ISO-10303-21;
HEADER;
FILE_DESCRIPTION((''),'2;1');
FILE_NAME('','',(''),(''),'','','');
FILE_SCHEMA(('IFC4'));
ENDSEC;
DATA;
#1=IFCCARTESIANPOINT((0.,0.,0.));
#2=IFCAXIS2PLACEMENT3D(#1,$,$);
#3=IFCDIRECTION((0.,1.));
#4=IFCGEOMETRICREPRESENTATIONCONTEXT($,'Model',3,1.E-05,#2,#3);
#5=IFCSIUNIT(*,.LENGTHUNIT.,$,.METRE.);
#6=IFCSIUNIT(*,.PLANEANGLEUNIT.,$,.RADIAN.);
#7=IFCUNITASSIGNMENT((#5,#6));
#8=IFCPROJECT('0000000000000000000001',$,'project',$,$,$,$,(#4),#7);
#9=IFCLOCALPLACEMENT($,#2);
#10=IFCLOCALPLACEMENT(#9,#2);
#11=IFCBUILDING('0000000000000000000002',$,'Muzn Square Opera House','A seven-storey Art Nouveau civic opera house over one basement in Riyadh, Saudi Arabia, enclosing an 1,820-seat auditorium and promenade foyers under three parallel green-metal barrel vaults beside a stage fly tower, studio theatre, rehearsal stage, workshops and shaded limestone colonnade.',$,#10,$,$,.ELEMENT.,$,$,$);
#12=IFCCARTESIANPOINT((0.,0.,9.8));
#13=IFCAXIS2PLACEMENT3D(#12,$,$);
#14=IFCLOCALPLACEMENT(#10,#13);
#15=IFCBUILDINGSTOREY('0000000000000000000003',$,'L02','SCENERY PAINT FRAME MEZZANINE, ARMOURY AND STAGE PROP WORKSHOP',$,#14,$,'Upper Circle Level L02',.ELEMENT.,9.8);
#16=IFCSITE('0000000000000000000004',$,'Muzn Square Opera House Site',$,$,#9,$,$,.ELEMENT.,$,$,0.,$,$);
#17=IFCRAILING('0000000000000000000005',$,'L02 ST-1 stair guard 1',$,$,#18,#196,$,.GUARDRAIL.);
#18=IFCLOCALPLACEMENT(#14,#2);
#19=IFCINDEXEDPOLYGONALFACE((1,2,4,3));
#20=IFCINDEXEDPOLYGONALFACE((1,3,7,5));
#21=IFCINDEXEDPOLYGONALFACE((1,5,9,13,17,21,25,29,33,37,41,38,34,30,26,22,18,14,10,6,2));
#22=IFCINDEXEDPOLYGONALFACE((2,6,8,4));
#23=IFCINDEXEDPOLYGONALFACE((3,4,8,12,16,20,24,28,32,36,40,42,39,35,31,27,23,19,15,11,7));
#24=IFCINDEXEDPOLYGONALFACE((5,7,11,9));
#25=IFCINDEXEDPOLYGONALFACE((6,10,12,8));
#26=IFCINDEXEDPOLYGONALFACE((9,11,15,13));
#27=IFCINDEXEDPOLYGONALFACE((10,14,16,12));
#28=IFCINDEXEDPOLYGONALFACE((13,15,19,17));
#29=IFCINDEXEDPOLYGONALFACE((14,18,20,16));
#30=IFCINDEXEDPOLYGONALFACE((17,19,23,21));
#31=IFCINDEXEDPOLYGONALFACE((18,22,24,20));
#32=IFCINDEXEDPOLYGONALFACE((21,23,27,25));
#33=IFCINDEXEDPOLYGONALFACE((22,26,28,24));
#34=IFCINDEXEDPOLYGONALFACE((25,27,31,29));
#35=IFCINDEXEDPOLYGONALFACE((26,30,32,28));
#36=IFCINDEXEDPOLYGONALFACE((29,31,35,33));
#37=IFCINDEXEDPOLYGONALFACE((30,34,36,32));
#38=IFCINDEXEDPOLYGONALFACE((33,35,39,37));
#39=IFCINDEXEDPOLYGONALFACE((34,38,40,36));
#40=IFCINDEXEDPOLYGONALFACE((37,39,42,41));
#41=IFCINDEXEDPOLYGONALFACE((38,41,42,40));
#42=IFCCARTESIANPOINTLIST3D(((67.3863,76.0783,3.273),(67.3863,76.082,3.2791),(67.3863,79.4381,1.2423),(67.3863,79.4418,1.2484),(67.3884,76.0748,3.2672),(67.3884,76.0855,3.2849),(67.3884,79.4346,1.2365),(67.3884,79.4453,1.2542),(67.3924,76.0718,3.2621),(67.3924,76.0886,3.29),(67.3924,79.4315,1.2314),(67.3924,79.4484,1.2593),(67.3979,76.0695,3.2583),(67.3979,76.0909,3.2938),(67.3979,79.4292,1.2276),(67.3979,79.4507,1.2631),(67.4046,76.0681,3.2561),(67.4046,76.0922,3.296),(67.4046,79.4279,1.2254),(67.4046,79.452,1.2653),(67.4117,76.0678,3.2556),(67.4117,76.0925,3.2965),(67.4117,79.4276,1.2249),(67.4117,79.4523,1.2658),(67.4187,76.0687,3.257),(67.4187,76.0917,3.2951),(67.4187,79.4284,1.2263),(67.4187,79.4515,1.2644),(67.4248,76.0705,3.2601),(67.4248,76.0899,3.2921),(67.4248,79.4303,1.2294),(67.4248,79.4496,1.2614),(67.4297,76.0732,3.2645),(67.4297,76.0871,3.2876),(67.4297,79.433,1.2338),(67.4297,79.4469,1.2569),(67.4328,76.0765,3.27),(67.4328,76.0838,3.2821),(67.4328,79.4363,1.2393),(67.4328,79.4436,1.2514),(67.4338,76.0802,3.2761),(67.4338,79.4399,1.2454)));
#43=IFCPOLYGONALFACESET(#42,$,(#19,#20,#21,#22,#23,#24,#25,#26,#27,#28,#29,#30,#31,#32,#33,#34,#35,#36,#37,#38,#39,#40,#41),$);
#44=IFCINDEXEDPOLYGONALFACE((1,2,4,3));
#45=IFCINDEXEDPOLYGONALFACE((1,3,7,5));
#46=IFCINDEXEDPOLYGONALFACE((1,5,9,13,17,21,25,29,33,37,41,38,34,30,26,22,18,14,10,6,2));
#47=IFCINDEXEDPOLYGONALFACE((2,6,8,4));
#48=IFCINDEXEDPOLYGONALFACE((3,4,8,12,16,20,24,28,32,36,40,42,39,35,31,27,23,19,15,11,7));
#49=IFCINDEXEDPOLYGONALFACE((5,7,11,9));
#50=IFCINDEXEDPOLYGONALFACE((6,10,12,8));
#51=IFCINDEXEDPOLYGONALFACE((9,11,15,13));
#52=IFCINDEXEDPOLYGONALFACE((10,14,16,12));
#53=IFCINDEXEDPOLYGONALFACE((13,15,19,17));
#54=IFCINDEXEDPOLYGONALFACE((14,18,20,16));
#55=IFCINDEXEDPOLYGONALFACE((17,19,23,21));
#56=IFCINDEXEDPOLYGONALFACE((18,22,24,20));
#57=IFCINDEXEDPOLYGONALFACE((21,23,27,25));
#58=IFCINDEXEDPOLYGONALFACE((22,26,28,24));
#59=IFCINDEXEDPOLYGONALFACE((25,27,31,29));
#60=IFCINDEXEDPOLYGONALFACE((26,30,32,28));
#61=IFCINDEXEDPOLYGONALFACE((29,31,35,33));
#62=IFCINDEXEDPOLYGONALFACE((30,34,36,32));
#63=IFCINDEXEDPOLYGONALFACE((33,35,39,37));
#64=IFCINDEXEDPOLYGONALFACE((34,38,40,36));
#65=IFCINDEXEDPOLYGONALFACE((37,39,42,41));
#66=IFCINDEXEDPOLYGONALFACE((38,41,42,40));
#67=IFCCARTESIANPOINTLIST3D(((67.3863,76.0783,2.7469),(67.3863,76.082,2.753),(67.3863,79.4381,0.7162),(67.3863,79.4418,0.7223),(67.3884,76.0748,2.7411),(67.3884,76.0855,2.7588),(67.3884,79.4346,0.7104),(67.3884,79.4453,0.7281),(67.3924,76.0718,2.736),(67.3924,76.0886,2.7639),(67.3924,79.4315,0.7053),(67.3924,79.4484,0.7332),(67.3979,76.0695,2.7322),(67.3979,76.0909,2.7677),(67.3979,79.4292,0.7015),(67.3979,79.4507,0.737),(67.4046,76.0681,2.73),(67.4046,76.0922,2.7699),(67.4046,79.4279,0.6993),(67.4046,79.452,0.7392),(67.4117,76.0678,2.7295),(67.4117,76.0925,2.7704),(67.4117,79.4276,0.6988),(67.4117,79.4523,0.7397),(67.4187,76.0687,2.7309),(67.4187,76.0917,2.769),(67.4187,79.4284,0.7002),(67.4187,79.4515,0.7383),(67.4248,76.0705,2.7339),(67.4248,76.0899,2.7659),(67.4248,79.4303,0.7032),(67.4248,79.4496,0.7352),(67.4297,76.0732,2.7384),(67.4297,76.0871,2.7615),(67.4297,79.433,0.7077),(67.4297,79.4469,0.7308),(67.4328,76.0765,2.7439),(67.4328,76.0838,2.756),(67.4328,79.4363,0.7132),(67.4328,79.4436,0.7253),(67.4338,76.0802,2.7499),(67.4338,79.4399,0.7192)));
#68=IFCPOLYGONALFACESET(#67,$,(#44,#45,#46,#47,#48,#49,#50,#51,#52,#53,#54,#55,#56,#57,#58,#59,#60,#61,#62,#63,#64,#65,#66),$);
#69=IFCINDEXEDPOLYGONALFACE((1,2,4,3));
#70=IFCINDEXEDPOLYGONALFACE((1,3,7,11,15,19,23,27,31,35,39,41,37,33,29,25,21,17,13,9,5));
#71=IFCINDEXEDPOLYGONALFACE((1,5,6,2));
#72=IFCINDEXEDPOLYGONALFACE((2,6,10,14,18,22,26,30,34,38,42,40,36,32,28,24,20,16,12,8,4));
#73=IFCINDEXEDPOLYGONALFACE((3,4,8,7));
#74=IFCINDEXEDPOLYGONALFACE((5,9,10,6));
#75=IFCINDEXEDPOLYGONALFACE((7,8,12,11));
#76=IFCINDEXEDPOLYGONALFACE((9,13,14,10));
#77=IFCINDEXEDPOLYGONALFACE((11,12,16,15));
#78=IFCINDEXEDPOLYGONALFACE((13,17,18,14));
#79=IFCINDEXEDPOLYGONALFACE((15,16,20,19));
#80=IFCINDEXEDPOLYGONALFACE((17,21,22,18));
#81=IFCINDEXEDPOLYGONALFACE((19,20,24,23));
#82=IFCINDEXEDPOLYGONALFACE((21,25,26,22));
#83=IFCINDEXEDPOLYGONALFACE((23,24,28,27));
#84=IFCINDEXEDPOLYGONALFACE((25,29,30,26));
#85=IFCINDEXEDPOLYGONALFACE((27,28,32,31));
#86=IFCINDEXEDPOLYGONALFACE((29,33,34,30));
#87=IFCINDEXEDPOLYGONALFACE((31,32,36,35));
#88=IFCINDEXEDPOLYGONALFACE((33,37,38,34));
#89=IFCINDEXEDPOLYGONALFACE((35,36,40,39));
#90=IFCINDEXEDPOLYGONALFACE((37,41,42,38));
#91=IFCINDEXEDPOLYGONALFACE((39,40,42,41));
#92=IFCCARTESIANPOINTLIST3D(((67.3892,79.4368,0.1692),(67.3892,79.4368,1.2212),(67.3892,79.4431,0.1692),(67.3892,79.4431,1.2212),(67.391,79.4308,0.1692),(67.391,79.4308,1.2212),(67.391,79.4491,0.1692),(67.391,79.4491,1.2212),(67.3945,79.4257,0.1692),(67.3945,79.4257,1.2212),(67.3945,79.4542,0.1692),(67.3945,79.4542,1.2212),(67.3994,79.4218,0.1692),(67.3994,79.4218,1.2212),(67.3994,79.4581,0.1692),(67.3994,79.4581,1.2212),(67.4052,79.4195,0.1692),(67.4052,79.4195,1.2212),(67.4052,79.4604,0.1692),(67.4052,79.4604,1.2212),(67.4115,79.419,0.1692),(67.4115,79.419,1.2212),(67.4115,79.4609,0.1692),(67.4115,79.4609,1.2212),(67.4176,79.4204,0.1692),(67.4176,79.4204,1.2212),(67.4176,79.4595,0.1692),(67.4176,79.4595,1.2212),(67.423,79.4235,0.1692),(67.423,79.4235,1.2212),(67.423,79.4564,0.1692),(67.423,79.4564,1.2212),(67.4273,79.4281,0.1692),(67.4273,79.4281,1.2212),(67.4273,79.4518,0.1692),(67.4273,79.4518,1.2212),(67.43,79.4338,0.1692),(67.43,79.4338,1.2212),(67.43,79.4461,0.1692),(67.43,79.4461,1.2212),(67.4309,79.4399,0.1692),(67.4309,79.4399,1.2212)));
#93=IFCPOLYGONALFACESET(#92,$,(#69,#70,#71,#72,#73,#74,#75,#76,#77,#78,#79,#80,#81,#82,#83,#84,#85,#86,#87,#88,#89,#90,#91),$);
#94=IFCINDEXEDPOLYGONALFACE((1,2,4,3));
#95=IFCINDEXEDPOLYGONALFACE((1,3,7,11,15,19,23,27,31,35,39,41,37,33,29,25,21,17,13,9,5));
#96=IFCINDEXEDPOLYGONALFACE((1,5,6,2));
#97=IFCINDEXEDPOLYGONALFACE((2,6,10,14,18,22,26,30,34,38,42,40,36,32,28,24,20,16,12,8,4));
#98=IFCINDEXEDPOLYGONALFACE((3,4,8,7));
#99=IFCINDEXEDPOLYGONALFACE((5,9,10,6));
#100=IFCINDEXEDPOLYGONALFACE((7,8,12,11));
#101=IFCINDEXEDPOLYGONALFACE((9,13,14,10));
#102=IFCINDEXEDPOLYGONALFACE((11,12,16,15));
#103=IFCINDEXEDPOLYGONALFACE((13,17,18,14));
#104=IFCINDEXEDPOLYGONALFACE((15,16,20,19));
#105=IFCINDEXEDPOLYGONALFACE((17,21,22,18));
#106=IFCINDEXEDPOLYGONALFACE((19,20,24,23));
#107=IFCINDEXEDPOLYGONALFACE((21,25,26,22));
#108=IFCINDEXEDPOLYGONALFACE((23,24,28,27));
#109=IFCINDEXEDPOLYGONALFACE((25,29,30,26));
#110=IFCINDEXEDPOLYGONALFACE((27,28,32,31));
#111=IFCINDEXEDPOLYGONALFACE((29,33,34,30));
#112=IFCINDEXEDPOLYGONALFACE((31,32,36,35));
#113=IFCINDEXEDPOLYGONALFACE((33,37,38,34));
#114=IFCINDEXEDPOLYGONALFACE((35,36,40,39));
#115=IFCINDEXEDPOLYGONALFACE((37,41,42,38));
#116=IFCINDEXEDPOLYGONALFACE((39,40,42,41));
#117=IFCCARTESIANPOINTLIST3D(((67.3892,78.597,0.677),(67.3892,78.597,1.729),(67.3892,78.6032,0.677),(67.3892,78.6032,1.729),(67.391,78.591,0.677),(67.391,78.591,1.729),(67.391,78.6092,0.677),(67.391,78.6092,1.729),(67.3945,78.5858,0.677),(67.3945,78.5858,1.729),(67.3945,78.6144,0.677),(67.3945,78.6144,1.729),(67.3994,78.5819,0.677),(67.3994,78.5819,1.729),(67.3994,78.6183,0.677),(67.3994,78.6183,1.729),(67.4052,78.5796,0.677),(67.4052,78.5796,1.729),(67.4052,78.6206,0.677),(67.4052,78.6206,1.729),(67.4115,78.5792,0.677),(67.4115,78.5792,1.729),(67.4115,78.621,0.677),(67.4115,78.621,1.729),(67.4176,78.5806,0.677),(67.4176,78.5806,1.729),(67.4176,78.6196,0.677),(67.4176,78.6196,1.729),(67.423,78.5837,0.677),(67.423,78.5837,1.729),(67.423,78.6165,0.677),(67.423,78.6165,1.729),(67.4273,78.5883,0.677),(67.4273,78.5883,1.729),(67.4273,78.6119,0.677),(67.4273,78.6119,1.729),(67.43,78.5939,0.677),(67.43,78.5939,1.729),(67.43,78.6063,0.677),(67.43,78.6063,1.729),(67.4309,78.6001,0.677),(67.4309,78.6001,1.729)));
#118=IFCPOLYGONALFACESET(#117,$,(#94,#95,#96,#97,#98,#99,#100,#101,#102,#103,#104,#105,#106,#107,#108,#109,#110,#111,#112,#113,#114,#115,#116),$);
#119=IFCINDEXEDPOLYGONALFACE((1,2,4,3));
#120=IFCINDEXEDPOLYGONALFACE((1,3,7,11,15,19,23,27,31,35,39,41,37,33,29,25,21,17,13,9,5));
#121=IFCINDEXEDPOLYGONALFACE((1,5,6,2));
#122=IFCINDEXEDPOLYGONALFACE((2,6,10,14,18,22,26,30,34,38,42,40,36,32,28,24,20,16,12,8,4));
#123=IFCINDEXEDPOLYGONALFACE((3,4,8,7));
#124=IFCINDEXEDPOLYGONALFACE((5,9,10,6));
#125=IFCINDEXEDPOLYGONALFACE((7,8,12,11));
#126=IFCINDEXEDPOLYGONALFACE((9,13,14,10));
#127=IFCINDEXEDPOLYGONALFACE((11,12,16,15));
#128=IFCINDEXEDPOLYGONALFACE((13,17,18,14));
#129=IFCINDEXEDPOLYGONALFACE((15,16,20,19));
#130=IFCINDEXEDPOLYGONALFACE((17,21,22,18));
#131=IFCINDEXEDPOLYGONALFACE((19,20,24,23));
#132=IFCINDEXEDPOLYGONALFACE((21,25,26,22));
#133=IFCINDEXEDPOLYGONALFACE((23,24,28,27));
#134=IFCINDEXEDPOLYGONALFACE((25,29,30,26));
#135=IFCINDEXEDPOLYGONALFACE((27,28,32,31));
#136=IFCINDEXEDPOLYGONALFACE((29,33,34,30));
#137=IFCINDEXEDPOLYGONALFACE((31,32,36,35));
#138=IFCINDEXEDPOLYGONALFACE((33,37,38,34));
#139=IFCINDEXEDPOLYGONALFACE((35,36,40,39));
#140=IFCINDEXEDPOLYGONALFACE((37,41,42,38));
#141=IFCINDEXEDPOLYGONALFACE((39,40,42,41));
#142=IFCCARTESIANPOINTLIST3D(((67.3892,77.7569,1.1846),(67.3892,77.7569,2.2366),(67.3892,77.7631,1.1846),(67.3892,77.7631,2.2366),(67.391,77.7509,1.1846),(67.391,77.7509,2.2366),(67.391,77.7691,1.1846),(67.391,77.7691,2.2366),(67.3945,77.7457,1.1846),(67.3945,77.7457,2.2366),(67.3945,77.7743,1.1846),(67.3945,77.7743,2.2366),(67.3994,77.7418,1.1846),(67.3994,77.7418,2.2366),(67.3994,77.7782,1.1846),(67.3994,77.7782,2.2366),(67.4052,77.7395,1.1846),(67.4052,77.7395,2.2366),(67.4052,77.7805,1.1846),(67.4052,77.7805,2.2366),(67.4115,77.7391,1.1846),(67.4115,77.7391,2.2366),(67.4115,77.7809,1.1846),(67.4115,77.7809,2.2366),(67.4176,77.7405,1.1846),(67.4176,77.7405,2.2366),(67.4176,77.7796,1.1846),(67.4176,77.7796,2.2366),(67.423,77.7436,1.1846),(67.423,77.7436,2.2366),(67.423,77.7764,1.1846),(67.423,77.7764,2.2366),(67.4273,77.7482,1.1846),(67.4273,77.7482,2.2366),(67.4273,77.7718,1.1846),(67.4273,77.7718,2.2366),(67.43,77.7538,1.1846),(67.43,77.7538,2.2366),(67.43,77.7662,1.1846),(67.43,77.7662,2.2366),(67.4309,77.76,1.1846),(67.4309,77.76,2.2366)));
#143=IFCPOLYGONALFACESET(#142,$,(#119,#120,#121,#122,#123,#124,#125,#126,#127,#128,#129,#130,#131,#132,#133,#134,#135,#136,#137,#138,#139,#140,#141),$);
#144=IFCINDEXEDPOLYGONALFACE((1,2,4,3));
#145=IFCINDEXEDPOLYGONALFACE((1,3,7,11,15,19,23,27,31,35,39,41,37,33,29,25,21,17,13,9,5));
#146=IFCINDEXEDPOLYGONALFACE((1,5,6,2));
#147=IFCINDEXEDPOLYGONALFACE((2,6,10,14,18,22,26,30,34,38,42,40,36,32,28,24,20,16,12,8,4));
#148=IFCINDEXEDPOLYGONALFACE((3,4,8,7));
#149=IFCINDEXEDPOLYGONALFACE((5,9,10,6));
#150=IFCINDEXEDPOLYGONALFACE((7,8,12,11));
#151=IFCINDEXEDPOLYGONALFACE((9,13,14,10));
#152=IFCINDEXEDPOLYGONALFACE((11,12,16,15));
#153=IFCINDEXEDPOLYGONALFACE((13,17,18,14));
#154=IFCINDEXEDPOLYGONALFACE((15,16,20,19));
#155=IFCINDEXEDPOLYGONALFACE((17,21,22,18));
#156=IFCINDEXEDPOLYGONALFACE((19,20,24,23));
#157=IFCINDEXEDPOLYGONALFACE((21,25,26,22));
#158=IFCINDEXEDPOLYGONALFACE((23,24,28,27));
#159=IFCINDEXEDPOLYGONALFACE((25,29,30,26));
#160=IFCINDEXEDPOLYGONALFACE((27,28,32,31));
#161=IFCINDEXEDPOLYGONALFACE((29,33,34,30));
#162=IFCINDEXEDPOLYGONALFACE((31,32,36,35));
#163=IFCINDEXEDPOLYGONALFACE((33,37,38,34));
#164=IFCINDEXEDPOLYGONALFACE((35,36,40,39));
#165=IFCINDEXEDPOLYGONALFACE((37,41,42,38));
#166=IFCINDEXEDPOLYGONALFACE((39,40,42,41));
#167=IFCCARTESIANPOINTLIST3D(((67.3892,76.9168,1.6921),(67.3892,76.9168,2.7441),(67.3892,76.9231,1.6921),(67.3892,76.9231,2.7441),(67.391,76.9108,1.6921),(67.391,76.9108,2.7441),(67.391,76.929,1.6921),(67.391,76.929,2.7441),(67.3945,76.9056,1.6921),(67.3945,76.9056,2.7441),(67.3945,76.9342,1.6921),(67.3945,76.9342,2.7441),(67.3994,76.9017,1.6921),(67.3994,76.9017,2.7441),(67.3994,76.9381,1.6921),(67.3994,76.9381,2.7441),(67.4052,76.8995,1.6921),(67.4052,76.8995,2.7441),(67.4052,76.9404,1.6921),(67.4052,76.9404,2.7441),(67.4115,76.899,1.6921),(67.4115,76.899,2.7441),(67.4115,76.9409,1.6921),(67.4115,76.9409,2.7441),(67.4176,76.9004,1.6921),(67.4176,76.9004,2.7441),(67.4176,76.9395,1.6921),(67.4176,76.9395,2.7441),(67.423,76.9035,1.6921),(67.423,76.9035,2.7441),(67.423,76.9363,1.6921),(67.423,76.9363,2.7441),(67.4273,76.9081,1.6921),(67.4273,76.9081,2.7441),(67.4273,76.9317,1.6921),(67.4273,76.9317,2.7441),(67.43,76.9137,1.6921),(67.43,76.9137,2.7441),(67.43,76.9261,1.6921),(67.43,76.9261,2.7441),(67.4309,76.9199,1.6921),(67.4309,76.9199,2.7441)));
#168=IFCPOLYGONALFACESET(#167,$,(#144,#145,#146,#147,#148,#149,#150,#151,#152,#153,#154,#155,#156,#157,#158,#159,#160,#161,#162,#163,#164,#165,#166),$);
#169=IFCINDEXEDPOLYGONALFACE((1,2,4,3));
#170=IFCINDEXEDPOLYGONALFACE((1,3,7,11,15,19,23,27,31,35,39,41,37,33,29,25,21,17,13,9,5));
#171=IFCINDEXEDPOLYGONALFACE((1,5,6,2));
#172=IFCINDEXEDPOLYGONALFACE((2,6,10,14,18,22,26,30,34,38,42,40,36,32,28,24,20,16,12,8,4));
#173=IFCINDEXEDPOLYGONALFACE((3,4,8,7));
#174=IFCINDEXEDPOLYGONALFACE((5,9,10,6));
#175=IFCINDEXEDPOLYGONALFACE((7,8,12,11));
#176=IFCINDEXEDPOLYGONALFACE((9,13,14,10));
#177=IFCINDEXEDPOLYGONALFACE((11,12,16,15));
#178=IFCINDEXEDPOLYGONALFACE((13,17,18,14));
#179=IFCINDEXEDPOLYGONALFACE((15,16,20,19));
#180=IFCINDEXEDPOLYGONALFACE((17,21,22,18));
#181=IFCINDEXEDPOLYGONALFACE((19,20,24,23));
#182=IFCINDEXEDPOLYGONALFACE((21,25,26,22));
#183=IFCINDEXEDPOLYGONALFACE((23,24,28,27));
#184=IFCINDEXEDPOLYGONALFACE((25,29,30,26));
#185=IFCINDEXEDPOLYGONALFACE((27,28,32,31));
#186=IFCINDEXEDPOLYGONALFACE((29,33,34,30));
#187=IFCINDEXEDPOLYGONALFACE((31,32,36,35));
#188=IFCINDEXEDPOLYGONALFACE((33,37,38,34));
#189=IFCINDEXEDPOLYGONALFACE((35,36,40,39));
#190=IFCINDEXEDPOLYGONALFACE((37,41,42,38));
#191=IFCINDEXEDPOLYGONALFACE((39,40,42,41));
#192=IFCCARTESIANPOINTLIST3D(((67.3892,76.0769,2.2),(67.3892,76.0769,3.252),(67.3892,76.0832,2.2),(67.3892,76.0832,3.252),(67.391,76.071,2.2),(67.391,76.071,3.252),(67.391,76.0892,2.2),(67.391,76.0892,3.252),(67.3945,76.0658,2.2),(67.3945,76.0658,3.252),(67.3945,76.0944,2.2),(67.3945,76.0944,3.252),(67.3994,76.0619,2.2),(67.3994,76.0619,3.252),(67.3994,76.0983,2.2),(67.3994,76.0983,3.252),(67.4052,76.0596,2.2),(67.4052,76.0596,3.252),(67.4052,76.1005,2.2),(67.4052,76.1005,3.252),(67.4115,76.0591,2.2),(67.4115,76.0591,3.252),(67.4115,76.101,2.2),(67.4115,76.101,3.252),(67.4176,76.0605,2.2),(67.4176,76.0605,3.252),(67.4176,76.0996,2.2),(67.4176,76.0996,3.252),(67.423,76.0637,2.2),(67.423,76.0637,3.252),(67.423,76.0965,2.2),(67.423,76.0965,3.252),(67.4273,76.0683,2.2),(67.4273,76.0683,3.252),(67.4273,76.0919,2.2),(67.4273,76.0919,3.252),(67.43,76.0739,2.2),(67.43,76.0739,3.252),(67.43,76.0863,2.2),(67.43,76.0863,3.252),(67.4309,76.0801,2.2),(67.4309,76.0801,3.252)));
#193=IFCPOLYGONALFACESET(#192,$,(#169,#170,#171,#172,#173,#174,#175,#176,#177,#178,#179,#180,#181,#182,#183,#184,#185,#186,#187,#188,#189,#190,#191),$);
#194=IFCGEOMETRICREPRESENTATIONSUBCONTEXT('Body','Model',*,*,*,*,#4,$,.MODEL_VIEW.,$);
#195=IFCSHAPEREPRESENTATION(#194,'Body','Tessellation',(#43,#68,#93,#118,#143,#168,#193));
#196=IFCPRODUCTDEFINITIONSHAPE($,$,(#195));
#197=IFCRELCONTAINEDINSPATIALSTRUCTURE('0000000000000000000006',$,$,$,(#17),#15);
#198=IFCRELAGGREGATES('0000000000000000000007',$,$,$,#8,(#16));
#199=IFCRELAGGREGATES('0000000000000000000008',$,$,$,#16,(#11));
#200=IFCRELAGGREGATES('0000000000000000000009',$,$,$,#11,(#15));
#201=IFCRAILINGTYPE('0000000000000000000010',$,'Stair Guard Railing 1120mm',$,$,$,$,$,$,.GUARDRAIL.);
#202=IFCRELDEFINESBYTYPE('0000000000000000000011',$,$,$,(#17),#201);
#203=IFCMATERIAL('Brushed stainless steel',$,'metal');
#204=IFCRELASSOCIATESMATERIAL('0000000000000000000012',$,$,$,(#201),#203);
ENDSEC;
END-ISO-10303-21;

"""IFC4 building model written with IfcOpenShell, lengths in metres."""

from ifc_helpers import new_model, si_unit, direction, frame, origin, origin_2d, place, context, subcontext, project, spatial, circle, extrude, material, type_object, element, save


model = new_model("IFC4")

# Units and contexts
model_context = context("Model", 3, precision=1e-05, world=origin(), true_north=direction((0.0, 1.0)))
body_context = subcontext(model_context, "Body", "Model", "MODEL_VIEW")
ifc_project = project(units=[si_unit("LENGTHUNIT", "METRE"), si_unit("PLANEANGLEUNIT", "RADIAN")], contexts=[model_context])

# Site, building, storey
site_placement = place(None, origin())
site = spatial("IfcSite", under=ifc_project, at=site_placement, Name="Muzn Square Opera House Site", CompositionType="ELEMENT", RefElevation=0.0)
building_placement = place(site_placement, origin())
building = spatial("IfcBuilding", under=site, at=building_placement, Name="Muzn Square Opera House", Description="A seven-storey Art Nouveau civic opera house over one basement in Riyadh, Saudi Arabia, enclosing an 1,820-seat auditorium and promenade foyers under three parallel green-metal barrel vaults beside a stage fly tower, studio theatre, rehearsal stage, workshops and shaded limestone colonnade.", CompositionType="ELEMENT")
storey_placement = place(building_placement, frame((0.0, 0.0, 9.8)))
storey = spatial("IfcBuildingStorey", under=building, at=storey_placement, Name="L02", Description="SCENERY PAINT FRAME MEZZANINE, ARMOURY AND STAGE PROP WORKSHOP", LongName="Upper Circle Level L02", CompositionType="ELEMENT", Elevation=9.8)

# Railing
ifc_material_1 = material(Name="Brushed stainless steel", Category="metal")
railing_type_1 = type_object("IfcRailingType", Name="Stair Guard Railing 1120mm", PredefinedType="GUARDRAIL", material=ifc_material_1)
railing_1_placement = place(storey_placement, frame((67.4099, 79.4399, 0.1692)))
element("IfcRailing", 1, at=railing_1_placement, inside=storey, type_object=railing_type_1, Name="L02 ST-1 stair guard 1", PredefinedType="GUARDRAIL", context=body_context, shape_type="SweptSolid", body=[
    extrude(circle(Radius=0.0239, at=origin_2d()), frame((0.0, 0.0, 1.0762), z_axis=(0.0, -0.85582, 0.517273), x_axis=(1.0, 0.0, 0.0)), (0.0, 0.0, 1.0), 3.9258),
    extrude(circle(Radius=0.0239, at=origin_2d()), frame((0.0, 0.0, 0.55), z_axis=(0.0, -0.85582, 0.517273), x_axis=(1.0, 0.0, 0.0)), (0.0, 0.0, 1.0), 3.9258),
    extrude(circle(Radius=0.021, at=origin_2d()), origin(), (0.0, 0.0, 1.0), 1.052),
    extrude(circle(Radius=0.021, at=origin_2d()), frame((0.0, -0.8398, 0.5078)), (0.0, 0.0, 1.0), 1.052),
    extrude(circle(Radius=0.021, at=origin_2d()), frame((0.0, -1.6799, 1.0154)), (0.0, 0.0, 1.0), 1.052),
    extrude(circle(Radius=0.021, at=origin_2d()), frame((0.0, -2.52, 1.5229)), (0.0, 0.0, 1.0), 1.052),
    extrude(circle(Radius=0.021, at=origin_2d()), frame((0.0, -3.3599, 2.0308)), (0.0, 0.0, 1.0), 1.052),
])

save(model, "model.ifc")
